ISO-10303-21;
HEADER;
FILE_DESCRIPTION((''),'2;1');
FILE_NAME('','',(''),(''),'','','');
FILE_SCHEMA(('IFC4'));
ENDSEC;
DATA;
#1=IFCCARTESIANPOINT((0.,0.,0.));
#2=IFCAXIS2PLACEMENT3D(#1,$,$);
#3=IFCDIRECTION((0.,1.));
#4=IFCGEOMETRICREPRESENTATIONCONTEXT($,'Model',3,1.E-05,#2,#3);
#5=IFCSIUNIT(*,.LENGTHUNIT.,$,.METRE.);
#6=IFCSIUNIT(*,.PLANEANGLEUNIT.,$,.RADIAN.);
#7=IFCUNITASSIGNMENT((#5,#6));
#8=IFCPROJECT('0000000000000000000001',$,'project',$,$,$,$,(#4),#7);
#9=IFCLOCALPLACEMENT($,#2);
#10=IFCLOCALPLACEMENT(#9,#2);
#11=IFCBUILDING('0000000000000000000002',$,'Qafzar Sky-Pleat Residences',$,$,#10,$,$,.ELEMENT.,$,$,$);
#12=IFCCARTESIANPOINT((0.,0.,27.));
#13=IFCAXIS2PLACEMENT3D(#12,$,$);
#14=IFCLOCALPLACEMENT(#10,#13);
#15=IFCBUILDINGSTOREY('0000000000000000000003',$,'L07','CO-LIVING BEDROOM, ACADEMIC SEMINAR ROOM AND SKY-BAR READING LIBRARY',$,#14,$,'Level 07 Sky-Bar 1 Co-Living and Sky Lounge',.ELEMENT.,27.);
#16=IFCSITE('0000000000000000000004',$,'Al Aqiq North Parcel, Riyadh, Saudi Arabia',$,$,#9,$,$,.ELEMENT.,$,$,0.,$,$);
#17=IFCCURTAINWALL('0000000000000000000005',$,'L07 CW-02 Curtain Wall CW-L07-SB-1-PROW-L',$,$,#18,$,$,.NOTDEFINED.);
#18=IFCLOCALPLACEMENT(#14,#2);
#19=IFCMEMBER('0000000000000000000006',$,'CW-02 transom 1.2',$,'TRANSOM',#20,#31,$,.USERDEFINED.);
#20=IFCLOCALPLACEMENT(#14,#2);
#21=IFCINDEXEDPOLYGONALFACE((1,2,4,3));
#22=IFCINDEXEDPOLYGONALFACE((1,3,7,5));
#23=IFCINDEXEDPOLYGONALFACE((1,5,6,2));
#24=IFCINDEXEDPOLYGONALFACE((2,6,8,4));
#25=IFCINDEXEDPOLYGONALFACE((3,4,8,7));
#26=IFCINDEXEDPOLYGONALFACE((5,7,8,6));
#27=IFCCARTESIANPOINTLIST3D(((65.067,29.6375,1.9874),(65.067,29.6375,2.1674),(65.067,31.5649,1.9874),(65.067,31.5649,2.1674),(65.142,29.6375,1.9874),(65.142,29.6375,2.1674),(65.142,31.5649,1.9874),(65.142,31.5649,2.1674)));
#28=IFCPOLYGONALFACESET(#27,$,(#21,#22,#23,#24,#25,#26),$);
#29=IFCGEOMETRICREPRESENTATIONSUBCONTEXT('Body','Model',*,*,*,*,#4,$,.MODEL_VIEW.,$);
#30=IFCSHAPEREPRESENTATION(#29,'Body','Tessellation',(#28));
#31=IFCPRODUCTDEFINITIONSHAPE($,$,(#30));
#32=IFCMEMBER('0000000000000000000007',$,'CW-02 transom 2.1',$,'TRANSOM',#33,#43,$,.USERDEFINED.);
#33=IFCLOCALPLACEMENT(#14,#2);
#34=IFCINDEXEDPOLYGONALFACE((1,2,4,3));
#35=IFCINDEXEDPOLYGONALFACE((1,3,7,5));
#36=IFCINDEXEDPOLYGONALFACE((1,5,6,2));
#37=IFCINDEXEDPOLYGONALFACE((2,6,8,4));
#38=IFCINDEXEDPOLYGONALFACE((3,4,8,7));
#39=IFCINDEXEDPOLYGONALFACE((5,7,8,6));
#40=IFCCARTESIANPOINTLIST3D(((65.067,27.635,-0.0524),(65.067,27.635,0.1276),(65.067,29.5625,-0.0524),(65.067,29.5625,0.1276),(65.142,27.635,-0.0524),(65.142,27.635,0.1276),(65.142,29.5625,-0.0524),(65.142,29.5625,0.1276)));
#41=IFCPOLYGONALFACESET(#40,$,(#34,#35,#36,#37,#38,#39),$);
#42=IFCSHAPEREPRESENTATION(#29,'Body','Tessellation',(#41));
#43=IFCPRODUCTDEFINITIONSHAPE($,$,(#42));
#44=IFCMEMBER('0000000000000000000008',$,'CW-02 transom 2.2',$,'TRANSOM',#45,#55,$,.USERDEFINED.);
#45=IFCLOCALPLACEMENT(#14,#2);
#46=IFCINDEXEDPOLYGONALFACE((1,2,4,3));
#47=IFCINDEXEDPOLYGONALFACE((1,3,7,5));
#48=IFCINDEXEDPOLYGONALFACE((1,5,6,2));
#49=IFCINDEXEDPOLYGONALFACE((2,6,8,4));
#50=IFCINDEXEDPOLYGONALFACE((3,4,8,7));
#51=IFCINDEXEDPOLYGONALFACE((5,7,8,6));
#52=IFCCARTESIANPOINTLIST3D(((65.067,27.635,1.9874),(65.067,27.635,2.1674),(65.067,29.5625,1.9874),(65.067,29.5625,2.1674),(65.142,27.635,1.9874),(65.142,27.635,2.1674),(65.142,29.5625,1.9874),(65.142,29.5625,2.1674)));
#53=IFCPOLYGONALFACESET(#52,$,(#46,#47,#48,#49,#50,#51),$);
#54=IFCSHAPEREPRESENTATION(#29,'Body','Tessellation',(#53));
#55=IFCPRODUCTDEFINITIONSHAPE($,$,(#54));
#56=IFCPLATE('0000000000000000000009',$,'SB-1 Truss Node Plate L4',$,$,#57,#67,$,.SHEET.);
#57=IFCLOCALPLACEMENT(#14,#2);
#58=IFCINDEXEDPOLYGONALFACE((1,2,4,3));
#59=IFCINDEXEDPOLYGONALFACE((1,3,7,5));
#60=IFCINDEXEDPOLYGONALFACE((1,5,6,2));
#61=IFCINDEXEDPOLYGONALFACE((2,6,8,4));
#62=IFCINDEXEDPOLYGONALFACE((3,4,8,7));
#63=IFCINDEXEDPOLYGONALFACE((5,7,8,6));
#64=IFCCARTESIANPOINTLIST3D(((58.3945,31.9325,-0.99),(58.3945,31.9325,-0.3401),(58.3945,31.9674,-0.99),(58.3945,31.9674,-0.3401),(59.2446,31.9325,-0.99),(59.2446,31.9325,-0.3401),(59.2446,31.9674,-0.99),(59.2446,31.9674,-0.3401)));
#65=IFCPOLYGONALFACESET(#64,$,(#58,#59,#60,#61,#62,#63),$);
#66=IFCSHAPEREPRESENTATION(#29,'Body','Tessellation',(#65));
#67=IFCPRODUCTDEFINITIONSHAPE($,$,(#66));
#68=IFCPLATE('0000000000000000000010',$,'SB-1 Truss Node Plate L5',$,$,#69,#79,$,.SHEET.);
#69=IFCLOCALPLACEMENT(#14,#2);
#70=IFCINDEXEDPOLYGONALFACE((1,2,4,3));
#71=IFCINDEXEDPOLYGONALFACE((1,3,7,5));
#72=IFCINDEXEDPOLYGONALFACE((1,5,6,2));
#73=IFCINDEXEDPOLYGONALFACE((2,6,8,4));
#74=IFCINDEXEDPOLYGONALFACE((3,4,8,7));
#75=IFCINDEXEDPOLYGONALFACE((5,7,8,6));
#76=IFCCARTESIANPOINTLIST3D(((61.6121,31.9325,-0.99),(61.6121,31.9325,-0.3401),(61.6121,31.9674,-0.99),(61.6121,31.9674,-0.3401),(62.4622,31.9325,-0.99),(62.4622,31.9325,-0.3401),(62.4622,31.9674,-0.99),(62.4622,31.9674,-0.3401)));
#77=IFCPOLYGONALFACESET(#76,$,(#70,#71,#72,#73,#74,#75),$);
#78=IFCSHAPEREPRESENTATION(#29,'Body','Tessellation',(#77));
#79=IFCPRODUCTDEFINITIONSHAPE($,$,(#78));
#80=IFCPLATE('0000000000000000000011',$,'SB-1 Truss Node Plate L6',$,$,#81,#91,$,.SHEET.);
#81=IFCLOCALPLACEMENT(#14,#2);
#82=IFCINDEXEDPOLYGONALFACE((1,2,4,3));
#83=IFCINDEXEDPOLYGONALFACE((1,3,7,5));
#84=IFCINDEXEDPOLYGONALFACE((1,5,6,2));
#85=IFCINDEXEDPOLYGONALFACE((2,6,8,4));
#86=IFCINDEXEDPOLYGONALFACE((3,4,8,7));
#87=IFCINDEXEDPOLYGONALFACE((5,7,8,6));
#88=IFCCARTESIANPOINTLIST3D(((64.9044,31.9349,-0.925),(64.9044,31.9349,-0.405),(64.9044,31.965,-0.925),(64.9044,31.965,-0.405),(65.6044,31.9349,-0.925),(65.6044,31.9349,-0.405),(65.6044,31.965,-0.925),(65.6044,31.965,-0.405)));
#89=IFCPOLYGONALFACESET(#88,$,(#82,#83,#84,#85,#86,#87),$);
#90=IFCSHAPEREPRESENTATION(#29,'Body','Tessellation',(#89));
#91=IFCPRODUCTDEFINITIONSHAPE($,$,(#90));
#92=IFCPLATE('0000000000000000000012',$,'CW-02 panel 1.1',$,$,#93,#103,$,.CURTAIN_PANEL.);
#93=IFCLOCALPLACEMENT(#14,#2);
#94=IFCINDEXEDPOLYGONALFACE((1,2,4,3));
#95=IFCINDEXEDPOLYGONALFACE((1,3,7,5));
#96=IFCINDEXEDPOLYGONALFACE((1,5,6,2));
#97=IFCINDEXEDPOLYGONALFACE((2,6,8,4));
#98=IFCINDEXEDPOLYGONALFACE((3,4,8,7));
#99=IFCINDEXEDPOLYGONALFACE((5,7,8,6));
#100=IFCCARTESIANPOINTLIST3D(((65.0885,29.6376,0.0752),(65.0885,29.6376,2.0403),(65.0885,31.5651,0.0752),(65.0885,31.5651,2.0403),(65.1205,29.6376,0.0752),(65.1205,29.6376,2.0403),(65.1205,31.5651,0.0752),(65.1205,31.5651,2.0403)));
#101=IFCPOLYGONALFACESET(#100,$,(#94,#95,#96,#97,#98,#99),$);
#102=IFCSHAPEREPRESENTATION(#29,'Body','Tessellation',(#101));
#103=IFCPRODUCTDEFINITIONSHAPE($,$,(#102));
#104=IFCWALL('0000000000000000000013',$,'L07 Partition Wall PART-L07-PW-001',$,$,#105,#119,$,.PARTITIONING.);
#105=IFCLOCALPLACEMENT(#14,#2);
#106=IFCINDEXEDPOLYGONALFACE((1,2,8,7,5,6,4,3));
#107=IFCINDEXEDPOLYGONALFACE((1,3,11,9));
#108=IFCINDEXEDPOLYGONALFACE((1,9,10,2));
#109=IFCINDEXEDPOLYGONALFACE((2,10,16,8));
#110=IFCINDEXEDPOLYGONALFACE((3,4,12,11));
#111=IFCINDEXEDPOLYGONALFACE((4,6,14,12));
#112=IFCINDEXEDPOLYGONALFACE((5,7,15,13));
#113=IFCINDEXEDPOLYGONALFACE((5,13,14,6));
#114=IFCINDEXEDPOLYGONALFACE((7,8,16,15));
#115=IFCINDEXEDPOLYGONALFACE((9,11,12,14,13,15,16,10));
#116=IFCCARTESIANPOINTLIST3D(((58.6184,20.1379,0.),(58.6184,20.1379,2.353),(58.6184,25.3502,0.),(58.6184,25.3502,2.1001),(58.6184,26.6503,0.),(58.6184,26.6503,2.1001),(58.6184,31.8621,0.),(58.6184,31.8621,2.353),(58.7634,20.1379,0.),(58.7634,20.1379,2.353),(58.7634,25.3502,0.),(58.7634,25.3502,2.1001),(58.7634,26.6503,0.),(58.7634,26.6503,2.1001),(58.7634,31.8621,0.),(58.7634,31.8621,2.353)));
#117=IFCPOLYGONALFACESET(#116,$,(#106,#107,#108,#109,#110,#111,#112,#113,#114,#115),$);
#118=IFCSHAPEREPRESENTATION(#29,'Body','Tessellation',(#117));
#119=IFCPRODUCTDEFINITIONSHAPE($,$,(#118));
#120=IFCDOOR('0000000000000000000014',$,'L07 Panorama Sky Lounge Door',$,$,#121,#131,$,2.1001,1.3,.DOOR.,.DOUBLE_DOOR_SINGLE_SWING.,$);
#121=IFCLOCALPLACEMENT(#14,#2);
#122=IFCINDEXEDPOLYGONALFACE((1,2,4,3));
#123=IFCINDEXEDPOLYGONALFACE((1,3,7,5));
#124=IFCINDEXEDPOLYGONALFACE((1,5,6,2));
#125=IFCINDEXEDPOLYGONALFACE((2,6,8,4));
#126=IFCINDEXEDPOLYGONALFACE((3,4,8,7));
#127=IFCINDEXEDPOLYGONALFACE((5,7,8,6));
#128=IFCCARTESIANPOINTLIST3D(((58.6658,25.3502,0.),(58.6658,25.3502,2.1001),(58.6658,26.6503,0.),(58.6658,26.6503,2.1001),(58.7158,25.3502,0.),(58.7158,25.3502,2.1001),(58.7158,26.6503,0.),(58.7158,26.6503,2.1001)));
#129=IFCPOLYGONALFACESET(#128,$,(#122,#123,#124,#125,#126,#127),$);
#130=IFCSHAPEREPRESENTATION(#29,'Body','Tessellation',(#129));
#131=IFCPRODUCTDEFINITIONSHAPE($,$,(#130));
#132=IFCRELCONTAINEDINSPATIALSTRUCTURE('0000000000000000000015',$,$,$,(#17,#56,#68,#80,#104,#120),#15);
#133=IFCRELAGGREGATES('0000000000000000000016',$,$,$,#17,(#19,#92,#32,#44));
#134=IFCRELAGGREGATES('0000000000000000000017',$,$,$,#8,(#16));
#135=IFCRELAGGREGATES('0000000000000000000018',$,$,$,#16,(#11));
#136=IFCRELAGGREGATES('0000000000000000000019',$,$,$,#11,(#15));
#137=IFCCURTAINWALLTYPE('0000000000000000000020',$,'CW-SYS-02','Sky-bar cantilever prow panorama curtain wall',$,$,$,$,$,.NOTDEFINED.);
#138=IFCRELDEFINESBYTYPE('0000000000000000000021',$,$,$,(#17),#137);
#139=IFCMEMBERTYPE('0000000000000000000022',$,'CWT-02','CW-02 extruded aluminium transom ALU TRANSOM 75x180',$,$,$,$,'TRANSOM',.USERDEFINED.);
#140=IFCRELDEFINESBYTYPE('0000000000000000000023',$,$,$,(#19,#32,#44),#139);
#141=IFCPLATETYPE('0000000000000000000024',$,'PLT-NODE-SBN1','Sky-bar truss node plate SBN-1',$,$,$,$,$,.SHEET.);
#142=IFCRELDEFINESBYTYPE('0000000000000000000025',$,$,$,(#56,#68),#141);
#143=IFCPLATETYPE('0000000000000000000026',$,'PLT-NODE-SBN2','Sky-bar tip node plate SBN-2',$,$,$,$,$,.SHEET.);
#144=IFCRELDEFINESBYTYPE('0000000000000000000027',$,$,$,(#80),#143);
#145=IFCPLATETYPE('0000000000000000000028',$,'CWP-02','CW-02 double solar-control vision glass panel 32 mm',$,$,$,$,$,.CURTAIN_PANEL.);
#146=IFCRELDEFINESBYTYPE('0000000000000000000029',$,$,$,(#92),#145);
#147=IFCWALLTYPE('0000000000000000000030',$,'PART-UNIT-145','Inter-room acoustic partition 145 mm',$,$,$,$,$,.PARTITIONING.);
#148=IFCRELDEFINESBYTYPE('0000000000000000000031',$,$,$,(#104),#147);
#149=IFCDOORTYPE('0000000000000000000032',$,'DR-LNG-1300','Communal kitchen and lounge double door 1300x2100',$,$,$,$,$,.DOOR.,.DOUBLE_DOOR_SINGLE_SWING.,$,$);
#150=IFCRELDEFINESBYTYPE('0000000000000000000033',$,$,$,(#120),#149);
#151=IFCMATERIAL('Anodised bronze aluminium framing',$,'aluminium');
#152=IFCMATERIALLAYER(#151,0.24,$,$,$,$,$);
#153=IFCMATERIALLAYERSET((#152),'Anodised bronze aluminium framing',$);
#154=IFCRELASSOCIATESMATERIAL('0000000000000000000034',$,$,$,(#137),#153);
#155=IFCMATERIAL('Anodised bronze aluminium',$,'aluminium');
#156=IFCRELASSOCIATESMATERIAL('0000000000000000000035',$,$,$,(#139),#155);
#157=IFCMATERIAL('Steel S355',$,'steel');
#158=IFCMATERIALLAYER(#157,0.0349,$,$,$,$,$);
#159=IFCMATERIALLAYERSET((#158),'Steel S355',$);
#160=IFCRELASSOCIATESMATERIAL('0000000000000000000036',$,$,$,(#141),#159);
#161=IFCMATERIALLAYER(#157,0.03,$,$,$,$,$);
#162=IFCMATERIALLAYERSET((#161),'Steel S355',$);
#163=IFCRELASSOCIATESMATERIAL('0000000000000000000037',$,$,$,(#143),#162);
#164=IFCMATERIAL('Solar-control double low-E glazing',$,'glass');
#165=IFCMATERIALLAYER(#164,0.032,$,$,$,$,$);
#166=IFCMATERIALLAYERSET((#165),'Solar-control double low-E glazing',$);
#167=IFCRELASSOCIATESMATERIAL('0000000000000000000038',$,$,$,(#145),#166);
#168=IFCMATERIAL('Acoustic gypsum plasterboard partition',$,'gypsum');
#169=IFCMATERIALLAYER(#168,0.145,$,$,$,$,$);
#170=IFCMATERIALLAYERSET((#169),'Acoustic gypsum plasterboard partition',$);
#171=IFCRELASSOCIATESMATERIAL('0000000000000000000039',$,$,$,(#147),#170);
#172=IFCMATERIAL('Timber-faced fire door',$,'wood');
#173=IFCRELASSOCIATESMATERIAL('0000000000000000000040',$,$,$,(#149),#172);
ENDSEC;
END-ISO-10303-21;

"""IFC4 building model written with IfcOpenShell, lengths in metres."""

from ifc_helpers import new_model, si_unit, direction, frame, frame_2d, origin, origin_2d, place, context, subcontext, project, spatial, rectangle, extrude, source, transform, mapped, material, layer, layer_set, material_profile, profile_set, type_object, element, fill, aggregate, save


model = new_model("IFC4")

# Units and contexts
model_context = context("Model", 3, precision=1e-05, world=origin(), true_north=direction((0.0, 1.0)))
body_context = subcontext(model_context, "Body", "Model", "MODEL_VIEW")
ifc_project = project(units=[si_unit("LENGTHUNIT", "METRE"), si_unit("PLANEANGLEUNIT", "RADIAN")], contexts=[model_context])

# Site, building, storey
site_placement = place(None, origin())
site = spatial("IfcSite", under=ifc_project, at=site_placement, Name="Al Aqiq North Parcel, Riyadh, Saudi Arabia", CompositionType="ELEMENT", RefElevation=0.0)
building_placement = place(site_placement, origin())
building = spatial("IfcBuilding", under=site, at=building_placement, Name="Qafzar Sky-Pleat Residences", CompositionType="ELEMENT")
storey_placement = place(building_placement, frame((0.0, 0.0, 27.0)))
storey = spatial("IfcBuildingStorey", under=building, at=storey_placement, Name="L07", Description="CO-LIVING BEDROOM, ACADEMIC SEMINAR ROOM AND SKY-BAR READING LIBRARY", LongName="Level 07 Sky-Bar 1 Co-Living and Sky Lounge", CompositionType="ELEMENT", Elevation=27.0)

# Shared definitions
ifc_material_1 = material(Name="Steel S355", Category="steel")

# Curtain wall, members
ifc_material_2 = material(Name="Anodised bronze aluminium framing", Category="aluminium")
ifc_layer_1 = layer(ifc_material_2, 0.24)
ifc_layer_set_1 = layer_set([ifc_layer_1], Name="Anodised bronze aluminium framing")
curtain_wall_type = type_object("IfcCurtainWallType", Name="CW-SYS-02", Description="Sky-bar cantilever prow panorama curtain wall", PredefinedType="NOTDEFINED", material=ifc_layer_set_1)
curtain_wall_placement = place(storey_placement, origin())
curtain_wall = element("IfcCurtainWall", 1, at=curtain_wall_placement, inside=storey, type_object=curtain_wall_type, Name="L07 CW-02 Curtain Wall CW-L07-SB-1-PROW-L", PredefinedType="NOTDEFINED")
ifc_material_3 = material(Name="Anodised bronze aluminium", Category="aluminium")
ifc_material_profile_1 = material_profile(ifc_material_3, rectangle(XDim=0.075, YDim=0.1799, at=origin_2d()), Name="ALU TRANSOM 75x180")
ifc_profile_set_1 = profile_set([ifc_material_profile_1], Name="Anodised bronze aluminium")
member_type_1 = type_object("IfcMemberType", Name="CWT-02", Description="CW-02 extruded aluminium transom ALU TRANSOM 75x180", ElementType="TRANSOM", PredefinedType="USERDEFINED", material=ifc_profile_set_1)
shared_shape_1 = source(origin(), body_context, "Body", "SweptSolid", [
    extrude(rectangle(XDim=0.075, YDim=0.1799, at=origin_2d()), origin(), (0.0, 0.0, 1.0), 1.9275),
])
member_1_placement = place(storey_placement, frame((65.1045, 31.5649, 2.0774), z_axis=(0.0, -1.0, 0.0), x_axis=(1.0, 0.0, 0.0)))
member_1 = element("IfcMember", 2, at=member_1_placement, type_object=member_type_1, Name="CW-02 transom 1.2", ObjectType="TRANSOM", PredefinedType="USERDEFINED", context=body_context, shape_type="MappedRepresentation", body=[
    mapped(shared_shape_1, transform((0.0, 0.0, 0.0), x_axis=(1.0, 0.0, 0.0), y_axis=(0.0, 1.0, 0.0), z_axis=(0.0, 0.0, 1.0), scale=1.0)),
])
member_2_placement = place(storey_placement, frame((65.1045, 29.5625, 0.0376), z_axis=(0.0, -1.0, 0.0), x_axis=(1.0, 0.0, 0.0)))
member_2 = element("IfcMember", 3, at=member_2_placement, type_object=member_type_1, Name="CW-02 transom 2.1", ObjectType="TRANSOM", PredefinedType="USERDEFINED", context=body_context, shape_type="MappedRepresentation", body=[
    mapped(shared_shape_1, transform((0.0, 0.0, 0.0), x_axis=(1.0, 0.0, 0.0), y_axis=(0.0, 1.0, 0.0), z_axis=(0.0, 0.0, 1.0), scale=1.0)),
])
member_3_placement = place(storey_placement, frame((65.1045, 29.5625, 2.0774), z_axis=(0.0, -1.0, 0.0), x_axis=(1.0, 0.0, 0.0)))
member_3 = element("IfcMember", 4, at=member_3_placement, type_object=member_type_1, Name="CW-02 transom 2.2", ObjectType="TRANSOM", PredefinedType="USERDEFINED", context=body_context, shape_type="MappedRepresentation", body=[
    mapped(shared_shape_1, transform((0.0, 0.0, 0.0), x_axis=(1.0, 0.0, 0.0), y_axis=(0.0, 1.0, 0.0), z_axis=(0.0, 0.0, 1.0), scale=1.0)),
])

# Plates
ifc_layer_2 = layer(ifc_material_1, 0.0349)
ifc_layer_set_2 = layer_set([ifc_layer_2], Name="Steel S355")
plate_type_1 = type_object("IfcPlateType", Name="PLT-NODE-SBN1", Description="Sky-bar truss node plate SBN-1", PredefinedType="SHEET", material=ifc_layer_set_2)
shared_shape_2 = source(origin(), body_context, "Body", "SweptSolid", [
    extrude(rectangle(XDim=0.8501, YDim=0.0349, at=origin_2d()), origin(), (0.0, 0.0, 1.0), 0.6499),
])
for number, where, z_axis, x_axis, name in (
    (5, (58.8196, 31.95, -0.99), (0.0, 0.0, 1.0), (1.0, 0.0, 0.0), "SB-1 Truss Node Plate L4"),
    (6, (62.0371, 31.95, -0.99), (0.0, 0.0, 1.0), (1.0, 0.0, 0.0), "SB-1 Truss Node Plate L5"),
):
    element("IfcPlate", number, at=place(storey_placement, frame(where, z_axis=z_axis, x_axis=x_axis)), inside=storey, type_object=plate_type_1, Name=name, PredefinedType="SHEET", context=body_context, shape_type="MappedRepresentation", body=[
        mapped(shared_shape_2, transform((0.0, 0.0, 0.0), x_axis=(1.0, 0.0, 0.0), y_axis=(0.0, 1.0, 0.0), z_axis=(0.0, 0.0, 1.0), scale=1.0)),
    ])
ifc_layer_3 = layer(ifc_material_1, 0.03)
ifc_layer_set_3 = layer_set([ifc_layer_3], Name="Steel S355")
plate_type_2 = type_object("IfcPlateType", Name="PLT-NODE-SBN2", Description="Sky-bar tip node plate SBN-2", PredefinedType="SHEET", material=ifc_layer_set_3)
shared_shape_3 = source(origin(), body_context, "Body", "SweptSolid", [
    extrude(rectangle(XDim=0.7, YDim=0.03, at=origin_2d()), origin(), (0.0, 0.0, 1.0), 0.52),
])
plate_1_placement = place(storey_placement, frame((65.2544, 31.95, -0.925), z_axis=(0.0, 0.0, 1.0), x_axis=(1.0, 0.0, 0.0)))
element("IfcPlate", 7, at=plate_1_placement, inside=storey, type_object=plate_type_2, Name="SB-1 Truss Node Plate L6", PredefinedType="SHEET", context=body_context, shape_type="MappedRepresentation", body=[
    mapped(shared_shape_3, transform((0.0, 0.0, 0.0), x_axis=(1.0, 0.0, 0.0), y_axis=(0.0, 1.0, 0.0), z_axis=(0.0, 0.0, 1.0), scale=1.0)),
])

# Plate
ifc_material_4 = material(Name="Solar-control double low-E glazing", Category="glass")
ifc_layer_4 = layer(ifc_material_4, 0.032)
ifc_layer_set_4 = layer_set([ifc_layer_4], Name="Solar-control double low-E glazing")
plate_type_3 = type_object("IfcPlateType", Name="CWP-02", Description="CW-02 double solar-control vision glass panel 32 mm", PredefinedType="CURTAIN_PANEL", material=ifc_layer_set_4)
shared_shape_4 = source(origin(), body_context, "Body", "SweptSolid", [
    extrude(rectangle(XDim=1.9275, YDim=0.032, at=origin_2d()), origin(), (0.0, 0.0, 1.0), 1.9651),
])
plate_2_placement = place(storey_placement, frame((65.1045, 30.6013, 0.0752), z_axis=(0.0, 0.0, 1.0), x_axis=(0.0, -1.0, 0.0)))
plate_2 = element("IfcPlate", 8, at=plate_2_placement, type_object=plate_type_3, Name="CW-02 panel 1.1", PredefinedType="CURTAIN_PANEL", context=body_context, shape_type="MappedRepresentation", body=[
    mapped(shared_shape_4, transform((0.0, 0.0, 0.0), x_axis=(1.0, 0.0, 0.0), y_axis=(0.0, 1.0, 0.0), z_axis=(0.0, 0.0, 1.0), scale=1.0)),
])
aggregate(curtain_wall, [member_1, plate_2, member_2, member_3])

# Wall, opening, door
ifc_material_5 = material(Name="Acoustic gypsum plasterboard partition", Category="gypsum")
ifc_layer_5 = layer(ifc_material_5, 0.145)
ifc_layer_set_5 = layer_set([ifc_layer_5], Name="Acoustic gypsum plasterboard partition")
wall_type = type_object("IfcWallType", Name="PART-UNIT-145", Description="Inter-room acoustic partition 145 mm", PredefinedType="PARTITIONING", material=ifc_layer_set_5)
wall_placement = place(storey_placement, frame((58.6909, 31.8621, 0.0), z_axis=(0.0, 0.0, 1.0), x_axis=(0.0, -1.0, 0.0)))
wall = element("IfcWall", 9, at=wall_placement, inside=storey, type_object=wall_type, Name="L07 Partition Wall PART-L07-PW-001", PredefinedType="PARTITIONING", context=body_context, shape_type="SweptSolid", body=[
    extrude(rectangle(XDim=11.7241, YDim=0.145, at=frame_2d((5.8621, 0.0))), origin(), (0.0, 0.0, 1.0), 2.353),
])
opening_placement = place(wall_placement, frame((5.2119, 0.0, 0.0)))
opening = element("IfcOpeningElement", 10, at=opening_placement, cuts=wall, PredefinedType="OPENING", context=body_context, shape_type="SweptSolid", body=[
    extrude(rectangle(XDim=1.3, YDim=2.1001, at=frame_2d((0.6499, 1.05))), frame((0.0, 0.0825, 0.0), z_axis=(0.0, -1.0, 0.0), x_axis=(1.0, 0.0, 0.0)), (0.0, 0.0, 1.0), 0.165),
])
ifc_material_6 = material(Name="Timber-faced fire door", Category="wood")
door_type = type_object("IfcDoorType", Name="DR-LNG-1300", Description="Communal kitchen and lounge double door 1300x2100", OperationType="DOUBLE_DOOR_SINGLE_SWING", PredefinedType="DOOR", material=ifc_material_6)
shared_shape_5 = source(origin(), body_context, "Body", "SweptSolid", [
    extrude(rectangle(XDim=1.3, YDim=2.1001, at=frame_2d((0.6499, 1.05))), frame((0.0, 0.0249, 0.0), z_axis=(0.0, -1.0, 0.0), x_axis=(1.0, 0.0, 0.0)), (0.0, 0.0, 1.0), 0.05),
])
door_placement = place(opening_placement, origin())
door = element("IfcDoor", 11, at=door_placement, inside=storey, type_object=door_type, Name="L07 Panorama Sky Lounge Door", OperationType="DOUBLE_DOOR_SINGLE_SWING", OverallHeight=2.1001, OverallWidth=1.3, PredefinedType="DOOR", context=body_context, shape_type="MappedRepresentation", body=[
    mapped(shared_shape_5, transform((0.0, 0.0, 0.0), x_axis=(1.0, 0.0, 0.0), y_axis=(0.0, 1.0, 0.0), z_axis=(0.0, 0.0, 1.0), scale=1.0)),
])
fill(opening, door)

save(model, "model.ifc")
